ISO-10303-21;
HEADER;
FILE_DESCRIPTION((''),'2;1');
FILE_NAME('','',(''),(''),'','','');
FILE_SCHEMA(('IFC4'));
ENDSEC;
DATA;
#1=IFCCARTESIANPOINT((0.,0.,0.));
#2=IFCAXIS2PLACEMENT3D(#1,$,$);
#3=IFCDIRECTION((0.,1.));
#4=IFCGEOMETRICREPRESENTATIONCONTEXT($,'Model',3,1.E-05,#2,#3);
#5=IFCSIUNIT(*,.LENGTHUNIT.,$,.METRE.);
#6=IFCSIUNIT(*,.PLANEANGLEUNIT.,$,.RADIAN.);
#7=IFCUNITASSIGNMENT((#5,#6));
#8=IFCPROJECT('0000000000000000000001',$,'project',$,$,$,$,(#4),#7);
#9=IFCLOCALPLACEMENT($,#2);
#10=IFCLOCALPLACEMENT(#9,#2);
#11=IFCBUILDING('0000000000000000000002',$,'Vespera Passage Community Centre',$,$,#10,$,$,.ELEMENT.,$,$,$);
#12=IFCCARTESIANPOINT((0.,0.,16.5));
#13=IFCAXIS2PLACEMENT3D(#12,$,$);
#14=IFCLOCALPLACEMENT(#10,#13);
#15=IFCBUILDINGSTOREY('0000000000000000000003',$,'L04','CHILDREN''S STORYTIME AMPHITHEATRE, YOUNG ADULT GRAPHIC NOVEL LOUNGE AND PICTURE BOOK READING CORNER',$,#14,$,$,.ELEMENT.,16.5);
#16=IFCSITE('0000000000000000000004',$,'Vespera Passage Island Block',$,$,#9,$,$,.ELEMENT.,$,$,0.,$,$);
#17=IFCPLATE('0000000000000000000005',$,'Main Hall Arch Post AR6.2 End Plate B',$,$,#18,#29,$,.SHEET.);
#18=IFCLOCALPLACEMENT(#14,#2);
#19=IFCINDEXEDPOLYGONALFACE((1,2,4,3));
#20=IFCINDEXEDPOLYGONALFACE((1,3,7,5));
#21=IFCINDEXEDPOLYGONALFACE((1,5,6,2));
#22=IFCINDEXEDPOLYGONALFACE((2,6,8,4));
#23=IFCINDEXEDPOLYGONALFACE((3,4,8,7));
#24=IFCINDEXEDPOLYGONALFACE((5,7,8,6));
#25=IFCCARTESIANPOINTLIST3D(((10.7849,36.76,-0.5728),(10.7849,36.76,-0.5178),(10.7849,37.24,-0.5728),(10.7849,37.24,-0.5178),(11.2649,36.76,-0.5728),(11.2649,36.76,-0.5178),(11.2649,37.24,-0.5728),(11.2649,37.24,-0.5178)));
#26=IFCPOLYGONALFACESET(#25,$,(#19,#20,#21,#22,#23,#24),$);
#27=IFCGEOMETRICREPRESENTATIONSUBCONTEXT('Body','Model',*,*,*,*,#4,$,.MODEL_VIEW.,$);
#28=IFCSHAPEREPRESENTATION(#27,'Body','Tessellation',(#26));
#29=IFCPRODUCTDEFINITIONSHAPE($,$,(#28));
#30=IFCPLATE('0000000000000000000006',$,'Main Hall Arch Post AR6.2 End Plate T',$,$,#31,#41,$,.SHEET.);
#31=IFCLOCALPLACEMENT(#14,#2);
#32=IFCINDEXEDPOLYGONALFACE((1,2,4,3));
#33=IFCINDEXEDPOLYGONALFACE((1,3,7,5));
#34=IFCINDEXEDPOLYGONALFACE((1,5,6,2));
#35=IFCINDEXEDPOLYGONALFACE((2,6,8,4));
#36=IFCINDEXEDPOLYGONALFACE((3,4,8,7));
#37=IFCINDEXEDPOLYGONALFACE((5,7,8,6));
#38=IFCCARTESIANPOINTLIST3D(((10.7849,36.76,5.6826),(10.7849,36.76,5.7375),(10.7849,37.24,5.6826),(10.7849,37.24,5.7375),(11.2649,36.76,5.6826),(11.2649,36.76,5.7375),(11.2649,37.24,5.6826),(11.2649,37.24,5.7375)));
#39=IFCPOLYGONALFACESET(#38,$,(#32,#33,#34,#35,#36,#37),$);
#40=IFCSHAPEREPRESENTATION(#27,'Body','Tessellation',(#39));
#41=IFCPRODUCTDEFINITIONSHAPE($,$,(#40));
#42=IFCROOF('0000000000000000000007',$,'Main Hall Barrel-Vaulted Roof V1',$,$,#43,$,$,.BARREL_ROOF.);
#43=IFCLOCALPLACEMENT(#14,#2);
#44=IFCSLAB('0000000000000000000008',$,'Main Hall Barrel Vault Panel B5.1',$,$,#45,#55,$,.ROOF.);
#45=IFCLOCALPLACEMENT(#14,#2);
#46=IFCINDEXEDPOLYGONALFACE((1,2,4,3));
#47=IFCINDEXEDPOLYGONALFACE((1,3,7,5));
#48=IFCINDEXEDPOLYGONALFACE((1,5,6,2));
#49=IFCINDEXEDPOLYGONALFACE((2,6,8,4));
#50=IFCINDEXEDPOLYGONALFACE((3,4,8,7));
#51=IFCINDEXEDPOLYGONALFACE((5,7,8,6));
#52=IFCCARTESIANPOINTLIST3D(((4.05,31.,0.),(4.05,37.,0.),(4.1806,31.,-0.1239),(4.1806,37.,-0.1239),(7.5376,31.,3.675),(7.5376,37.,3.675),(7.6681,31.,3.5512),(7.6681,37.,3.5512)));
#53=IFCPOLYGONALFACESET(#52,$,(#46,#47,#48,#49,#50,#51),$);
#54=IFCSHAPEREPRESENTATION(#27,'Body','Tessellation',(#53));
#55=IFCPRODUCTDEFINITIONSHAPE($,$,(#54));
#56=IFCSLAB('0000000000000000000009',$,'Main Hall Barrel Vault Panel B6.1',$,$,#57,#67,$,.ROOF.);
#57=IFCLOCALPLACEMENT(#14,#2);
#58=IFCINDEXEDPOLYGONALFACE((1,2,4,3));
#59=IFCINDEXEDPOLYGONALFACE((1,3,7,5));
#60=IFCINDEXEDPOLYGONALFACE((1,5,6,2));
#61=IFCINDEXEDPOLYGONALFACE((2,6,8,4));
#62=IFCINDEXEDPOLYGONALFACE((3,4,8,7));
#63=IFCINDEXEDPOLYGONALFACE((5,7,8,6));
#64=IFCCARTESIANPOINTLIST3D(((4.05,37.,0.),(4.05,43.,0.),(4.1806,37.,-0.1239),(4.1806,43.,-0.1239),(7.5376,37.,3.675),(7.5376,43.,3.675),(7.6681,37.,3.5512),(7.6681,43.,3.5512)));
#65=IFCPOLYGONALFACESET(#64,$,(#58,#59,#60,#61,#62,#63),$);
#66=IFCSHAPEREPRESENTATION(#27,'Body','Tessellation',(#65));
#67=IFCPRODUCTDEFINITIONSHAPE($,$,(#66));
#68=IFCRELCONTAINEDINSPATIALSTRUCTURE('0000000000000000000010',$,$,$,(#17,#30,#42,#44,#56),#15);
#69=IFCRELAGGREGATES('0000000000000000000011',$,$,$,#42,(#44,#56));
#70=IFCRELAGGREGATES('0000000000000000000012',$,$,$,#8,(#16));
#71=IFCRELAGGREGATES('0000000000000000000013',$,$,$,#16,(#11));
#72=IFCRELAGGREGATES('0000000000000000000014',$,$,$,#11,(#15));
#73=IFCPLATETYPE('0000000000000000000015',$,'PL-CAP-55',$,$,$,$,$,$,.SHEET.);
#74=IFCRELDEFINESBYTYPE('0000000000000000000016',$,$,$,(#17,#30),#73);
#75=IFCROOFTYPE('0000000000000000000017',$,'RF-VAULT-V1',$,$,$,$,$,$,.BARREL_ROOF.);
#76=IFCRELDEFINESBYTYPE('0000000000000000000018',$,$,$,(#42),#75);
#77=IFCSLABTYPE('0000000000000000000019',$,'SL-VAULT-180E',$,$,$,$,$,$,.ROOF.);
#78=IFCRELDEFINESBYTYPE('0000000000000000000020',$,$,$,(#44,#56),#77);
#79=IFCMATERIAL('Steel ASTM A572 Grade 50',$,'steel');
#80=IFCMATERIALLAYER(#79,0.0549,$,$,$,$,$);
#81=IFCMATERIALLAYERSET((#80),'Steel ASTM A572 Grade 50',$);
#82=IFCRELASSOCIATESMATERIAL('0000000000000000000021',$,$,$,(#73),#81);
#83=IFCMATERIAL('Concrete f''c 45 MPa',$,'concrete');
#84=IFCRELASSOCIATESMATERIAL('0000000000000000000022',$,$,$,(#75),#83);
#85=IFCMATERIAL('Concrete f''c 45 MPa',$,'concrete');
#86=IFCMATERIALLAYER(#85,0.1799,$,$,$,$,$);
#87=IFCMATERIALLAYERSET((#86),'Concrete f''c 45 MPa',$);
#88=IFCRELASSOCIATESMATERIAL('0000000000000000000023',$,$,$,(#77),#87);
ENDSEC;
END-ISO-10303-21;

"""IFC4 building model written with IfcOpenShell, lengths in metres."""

from ifc_helpers import new_model, si_unit, direction, frame, origin, origin_2d, place, context, subcontext, project, spatial, polyline, rectangle, outline, extrude, material, layer, layer_set, type_object, element, aggregate, save


model = new_model("IFC4")

# Units and contexts
model_context = context("Model", 3, precision=1e-05, world=origin(), true_north=direction((0.0, 1.0)))
body_context = subcontext(model_context, "Body", "Model", "MODEL_VIEW")
ifc_project = project(units=[si_unit("LENGTHUNIT", "METRE"), si_unit("PLANEANGLEUNIT", "RADIAN")], contexts=[model_context])

# Site, building, storey
site_placement = place(None, origin())
site = spatial("IfcSite", under=ifc_project, at=site_placement, Name="Vespera Passage Island Block", CompositionType="ELEMENT", RefElevation=0.0)
building_placement = place(site_placement, origin())
building = spatial("IfcBuilding", under=site, at=building_placement, Name="Vespera Passage Community Centre", CompositionType="ELEMENT")
storey_placement = place(building_placement, frame((0.0, 0.0, 16.5)))
storey = spatial("IfcBuildingStorey", under=building, at=storey_placement, Name="L04", Description="CHILDREN'S STORYTIME AMPHITHEATRE, YOUNG ADULT GRAPHIC NOVEL LOUNGE AND PICTURE BOOK READING CORNER", CompositionType="ELEMENT", Elevation=16.5)

# Plates
ifc_material_1 = material(Name="Steel ASTM A572 Grade 50", Category="steel")
ifc_layer_1 = layer(ifc_material_1, 0.0549)
ifc_layer_set_1 = layer_set([ifc_layer_1], Name="Steel ASTM A572 Grade 50")
plate_type = type_object("IfcPlateType", Name="PL-CAP-55", PredefinedType="SHEET", material=ifc_layer_set_1)
for number, where, z_axis, x_axis, name in (
    (1, (11.0249, 37.0, -0.5728), (0.0, 0.0, 1.0), (1.0, 0.0, 0.0), "Main Hall Arch Post AR6.2 End Plate B"),
    (2, (11.0249, 37.0, 5.6826), (0.0, 0.0, 1.0), (1.0, 0.0, 0.0), "Main Hall Arch Post AR6.2 End Plate T"),
):
    element("IfcPlate", number, at=place(storey_placement, frame(where, z_axis=z_axis, x_axis=x_axis)), inside=storey, type_object=plate_type, Name=name, PredefinedType="SHEET", context=body_context, shape_type="SweptSolid", body=[
        extrude(rectangle(XDim=0.48, YDim=0.48, at=origin_2d()), origin(), (0.0, 0.0, 1.0), 0.0549),
    ])

# Roof, slabs
ifc_material_2 = material(Name="Concrete f'c 45 MPa", Category="concrete")
roof_type = type_object("IfcRoofType", Name="RF-VAULT-V1", PredefinedType="BARREL_ROOF", material=ifc_material_2)
roof_placement = place(storey_placement, origin())
roof = element("IfcRoof", 3, at=roof_placement, inside=storey, type_object=roof_type, Name="Main Hall Barrel-Vaulted Roof V1", PredefinedType="BARREL_ROOF")
ifc_material_3 = material(Name="Concrete f'c 45 MPa", Category="concrete")
ifc_layer_2 = layer(ifc_material_3, 0.1799)
ifc_layer_set_2 = layer_set([ifc_layer_2], Name="Concrete f'c 45 MPa")
slab_type = type_object("IfcSlabType", Name="SL-VAULT-180E", PredefinedType="ROOF", material=ifc_layer_set_2)
slab_1_placement = place(storey_placement, frame((4.05, 31.0, 0.0), z_axis=(-0.725369, 0.0, 0.688361), x_axis=(0.688361, 0.0, 0.725369)))
slab_1 = element("IfcSlab", 4, at=slab_1_placement, inside=storey, type_object=slab_type, Name="Main Hall Barrel Vault Panel B5.1", PredefinedType="ROOF", context=body_context, shape_type="SweptSolid", body=[
    extrude(outline(polyline([(0.0, 0.0), (5.0665, 0.0), (5.0665, 6.0), (0.0, 6.0), (0.0, 0.0)])), origin(), (0.0, 0.0, -1.0), 0.1799),
])
slab_2_placement = place(storey_placement, frame((4.05, 37.0, 0.0), z_axis=(-0.725369, 0.0, 0.688361), x_axis=(0.688361, 0.0, 0.725369)))
slab_2 = element("IfcSlab", 5, at=slab_2_placement, inside=storey, type_object=slab_type, Name="Main Hall Barrel Vault Panel B6.1", PredefinedType="ROOF", context=body_context, shape_type="SweptSolid", body=[
    extrude(outline(polyline([(0.0, 0.0), (5.0665, 0.0), (5.0665, 6.0), (0.0, 6.0), (0.0, 0.0)])), origin(), (0.0, 0.0, -1.0), 0.1799),
])
aggregate(roof, [slab_1, slab_2])

save(model, "model.ifc")
